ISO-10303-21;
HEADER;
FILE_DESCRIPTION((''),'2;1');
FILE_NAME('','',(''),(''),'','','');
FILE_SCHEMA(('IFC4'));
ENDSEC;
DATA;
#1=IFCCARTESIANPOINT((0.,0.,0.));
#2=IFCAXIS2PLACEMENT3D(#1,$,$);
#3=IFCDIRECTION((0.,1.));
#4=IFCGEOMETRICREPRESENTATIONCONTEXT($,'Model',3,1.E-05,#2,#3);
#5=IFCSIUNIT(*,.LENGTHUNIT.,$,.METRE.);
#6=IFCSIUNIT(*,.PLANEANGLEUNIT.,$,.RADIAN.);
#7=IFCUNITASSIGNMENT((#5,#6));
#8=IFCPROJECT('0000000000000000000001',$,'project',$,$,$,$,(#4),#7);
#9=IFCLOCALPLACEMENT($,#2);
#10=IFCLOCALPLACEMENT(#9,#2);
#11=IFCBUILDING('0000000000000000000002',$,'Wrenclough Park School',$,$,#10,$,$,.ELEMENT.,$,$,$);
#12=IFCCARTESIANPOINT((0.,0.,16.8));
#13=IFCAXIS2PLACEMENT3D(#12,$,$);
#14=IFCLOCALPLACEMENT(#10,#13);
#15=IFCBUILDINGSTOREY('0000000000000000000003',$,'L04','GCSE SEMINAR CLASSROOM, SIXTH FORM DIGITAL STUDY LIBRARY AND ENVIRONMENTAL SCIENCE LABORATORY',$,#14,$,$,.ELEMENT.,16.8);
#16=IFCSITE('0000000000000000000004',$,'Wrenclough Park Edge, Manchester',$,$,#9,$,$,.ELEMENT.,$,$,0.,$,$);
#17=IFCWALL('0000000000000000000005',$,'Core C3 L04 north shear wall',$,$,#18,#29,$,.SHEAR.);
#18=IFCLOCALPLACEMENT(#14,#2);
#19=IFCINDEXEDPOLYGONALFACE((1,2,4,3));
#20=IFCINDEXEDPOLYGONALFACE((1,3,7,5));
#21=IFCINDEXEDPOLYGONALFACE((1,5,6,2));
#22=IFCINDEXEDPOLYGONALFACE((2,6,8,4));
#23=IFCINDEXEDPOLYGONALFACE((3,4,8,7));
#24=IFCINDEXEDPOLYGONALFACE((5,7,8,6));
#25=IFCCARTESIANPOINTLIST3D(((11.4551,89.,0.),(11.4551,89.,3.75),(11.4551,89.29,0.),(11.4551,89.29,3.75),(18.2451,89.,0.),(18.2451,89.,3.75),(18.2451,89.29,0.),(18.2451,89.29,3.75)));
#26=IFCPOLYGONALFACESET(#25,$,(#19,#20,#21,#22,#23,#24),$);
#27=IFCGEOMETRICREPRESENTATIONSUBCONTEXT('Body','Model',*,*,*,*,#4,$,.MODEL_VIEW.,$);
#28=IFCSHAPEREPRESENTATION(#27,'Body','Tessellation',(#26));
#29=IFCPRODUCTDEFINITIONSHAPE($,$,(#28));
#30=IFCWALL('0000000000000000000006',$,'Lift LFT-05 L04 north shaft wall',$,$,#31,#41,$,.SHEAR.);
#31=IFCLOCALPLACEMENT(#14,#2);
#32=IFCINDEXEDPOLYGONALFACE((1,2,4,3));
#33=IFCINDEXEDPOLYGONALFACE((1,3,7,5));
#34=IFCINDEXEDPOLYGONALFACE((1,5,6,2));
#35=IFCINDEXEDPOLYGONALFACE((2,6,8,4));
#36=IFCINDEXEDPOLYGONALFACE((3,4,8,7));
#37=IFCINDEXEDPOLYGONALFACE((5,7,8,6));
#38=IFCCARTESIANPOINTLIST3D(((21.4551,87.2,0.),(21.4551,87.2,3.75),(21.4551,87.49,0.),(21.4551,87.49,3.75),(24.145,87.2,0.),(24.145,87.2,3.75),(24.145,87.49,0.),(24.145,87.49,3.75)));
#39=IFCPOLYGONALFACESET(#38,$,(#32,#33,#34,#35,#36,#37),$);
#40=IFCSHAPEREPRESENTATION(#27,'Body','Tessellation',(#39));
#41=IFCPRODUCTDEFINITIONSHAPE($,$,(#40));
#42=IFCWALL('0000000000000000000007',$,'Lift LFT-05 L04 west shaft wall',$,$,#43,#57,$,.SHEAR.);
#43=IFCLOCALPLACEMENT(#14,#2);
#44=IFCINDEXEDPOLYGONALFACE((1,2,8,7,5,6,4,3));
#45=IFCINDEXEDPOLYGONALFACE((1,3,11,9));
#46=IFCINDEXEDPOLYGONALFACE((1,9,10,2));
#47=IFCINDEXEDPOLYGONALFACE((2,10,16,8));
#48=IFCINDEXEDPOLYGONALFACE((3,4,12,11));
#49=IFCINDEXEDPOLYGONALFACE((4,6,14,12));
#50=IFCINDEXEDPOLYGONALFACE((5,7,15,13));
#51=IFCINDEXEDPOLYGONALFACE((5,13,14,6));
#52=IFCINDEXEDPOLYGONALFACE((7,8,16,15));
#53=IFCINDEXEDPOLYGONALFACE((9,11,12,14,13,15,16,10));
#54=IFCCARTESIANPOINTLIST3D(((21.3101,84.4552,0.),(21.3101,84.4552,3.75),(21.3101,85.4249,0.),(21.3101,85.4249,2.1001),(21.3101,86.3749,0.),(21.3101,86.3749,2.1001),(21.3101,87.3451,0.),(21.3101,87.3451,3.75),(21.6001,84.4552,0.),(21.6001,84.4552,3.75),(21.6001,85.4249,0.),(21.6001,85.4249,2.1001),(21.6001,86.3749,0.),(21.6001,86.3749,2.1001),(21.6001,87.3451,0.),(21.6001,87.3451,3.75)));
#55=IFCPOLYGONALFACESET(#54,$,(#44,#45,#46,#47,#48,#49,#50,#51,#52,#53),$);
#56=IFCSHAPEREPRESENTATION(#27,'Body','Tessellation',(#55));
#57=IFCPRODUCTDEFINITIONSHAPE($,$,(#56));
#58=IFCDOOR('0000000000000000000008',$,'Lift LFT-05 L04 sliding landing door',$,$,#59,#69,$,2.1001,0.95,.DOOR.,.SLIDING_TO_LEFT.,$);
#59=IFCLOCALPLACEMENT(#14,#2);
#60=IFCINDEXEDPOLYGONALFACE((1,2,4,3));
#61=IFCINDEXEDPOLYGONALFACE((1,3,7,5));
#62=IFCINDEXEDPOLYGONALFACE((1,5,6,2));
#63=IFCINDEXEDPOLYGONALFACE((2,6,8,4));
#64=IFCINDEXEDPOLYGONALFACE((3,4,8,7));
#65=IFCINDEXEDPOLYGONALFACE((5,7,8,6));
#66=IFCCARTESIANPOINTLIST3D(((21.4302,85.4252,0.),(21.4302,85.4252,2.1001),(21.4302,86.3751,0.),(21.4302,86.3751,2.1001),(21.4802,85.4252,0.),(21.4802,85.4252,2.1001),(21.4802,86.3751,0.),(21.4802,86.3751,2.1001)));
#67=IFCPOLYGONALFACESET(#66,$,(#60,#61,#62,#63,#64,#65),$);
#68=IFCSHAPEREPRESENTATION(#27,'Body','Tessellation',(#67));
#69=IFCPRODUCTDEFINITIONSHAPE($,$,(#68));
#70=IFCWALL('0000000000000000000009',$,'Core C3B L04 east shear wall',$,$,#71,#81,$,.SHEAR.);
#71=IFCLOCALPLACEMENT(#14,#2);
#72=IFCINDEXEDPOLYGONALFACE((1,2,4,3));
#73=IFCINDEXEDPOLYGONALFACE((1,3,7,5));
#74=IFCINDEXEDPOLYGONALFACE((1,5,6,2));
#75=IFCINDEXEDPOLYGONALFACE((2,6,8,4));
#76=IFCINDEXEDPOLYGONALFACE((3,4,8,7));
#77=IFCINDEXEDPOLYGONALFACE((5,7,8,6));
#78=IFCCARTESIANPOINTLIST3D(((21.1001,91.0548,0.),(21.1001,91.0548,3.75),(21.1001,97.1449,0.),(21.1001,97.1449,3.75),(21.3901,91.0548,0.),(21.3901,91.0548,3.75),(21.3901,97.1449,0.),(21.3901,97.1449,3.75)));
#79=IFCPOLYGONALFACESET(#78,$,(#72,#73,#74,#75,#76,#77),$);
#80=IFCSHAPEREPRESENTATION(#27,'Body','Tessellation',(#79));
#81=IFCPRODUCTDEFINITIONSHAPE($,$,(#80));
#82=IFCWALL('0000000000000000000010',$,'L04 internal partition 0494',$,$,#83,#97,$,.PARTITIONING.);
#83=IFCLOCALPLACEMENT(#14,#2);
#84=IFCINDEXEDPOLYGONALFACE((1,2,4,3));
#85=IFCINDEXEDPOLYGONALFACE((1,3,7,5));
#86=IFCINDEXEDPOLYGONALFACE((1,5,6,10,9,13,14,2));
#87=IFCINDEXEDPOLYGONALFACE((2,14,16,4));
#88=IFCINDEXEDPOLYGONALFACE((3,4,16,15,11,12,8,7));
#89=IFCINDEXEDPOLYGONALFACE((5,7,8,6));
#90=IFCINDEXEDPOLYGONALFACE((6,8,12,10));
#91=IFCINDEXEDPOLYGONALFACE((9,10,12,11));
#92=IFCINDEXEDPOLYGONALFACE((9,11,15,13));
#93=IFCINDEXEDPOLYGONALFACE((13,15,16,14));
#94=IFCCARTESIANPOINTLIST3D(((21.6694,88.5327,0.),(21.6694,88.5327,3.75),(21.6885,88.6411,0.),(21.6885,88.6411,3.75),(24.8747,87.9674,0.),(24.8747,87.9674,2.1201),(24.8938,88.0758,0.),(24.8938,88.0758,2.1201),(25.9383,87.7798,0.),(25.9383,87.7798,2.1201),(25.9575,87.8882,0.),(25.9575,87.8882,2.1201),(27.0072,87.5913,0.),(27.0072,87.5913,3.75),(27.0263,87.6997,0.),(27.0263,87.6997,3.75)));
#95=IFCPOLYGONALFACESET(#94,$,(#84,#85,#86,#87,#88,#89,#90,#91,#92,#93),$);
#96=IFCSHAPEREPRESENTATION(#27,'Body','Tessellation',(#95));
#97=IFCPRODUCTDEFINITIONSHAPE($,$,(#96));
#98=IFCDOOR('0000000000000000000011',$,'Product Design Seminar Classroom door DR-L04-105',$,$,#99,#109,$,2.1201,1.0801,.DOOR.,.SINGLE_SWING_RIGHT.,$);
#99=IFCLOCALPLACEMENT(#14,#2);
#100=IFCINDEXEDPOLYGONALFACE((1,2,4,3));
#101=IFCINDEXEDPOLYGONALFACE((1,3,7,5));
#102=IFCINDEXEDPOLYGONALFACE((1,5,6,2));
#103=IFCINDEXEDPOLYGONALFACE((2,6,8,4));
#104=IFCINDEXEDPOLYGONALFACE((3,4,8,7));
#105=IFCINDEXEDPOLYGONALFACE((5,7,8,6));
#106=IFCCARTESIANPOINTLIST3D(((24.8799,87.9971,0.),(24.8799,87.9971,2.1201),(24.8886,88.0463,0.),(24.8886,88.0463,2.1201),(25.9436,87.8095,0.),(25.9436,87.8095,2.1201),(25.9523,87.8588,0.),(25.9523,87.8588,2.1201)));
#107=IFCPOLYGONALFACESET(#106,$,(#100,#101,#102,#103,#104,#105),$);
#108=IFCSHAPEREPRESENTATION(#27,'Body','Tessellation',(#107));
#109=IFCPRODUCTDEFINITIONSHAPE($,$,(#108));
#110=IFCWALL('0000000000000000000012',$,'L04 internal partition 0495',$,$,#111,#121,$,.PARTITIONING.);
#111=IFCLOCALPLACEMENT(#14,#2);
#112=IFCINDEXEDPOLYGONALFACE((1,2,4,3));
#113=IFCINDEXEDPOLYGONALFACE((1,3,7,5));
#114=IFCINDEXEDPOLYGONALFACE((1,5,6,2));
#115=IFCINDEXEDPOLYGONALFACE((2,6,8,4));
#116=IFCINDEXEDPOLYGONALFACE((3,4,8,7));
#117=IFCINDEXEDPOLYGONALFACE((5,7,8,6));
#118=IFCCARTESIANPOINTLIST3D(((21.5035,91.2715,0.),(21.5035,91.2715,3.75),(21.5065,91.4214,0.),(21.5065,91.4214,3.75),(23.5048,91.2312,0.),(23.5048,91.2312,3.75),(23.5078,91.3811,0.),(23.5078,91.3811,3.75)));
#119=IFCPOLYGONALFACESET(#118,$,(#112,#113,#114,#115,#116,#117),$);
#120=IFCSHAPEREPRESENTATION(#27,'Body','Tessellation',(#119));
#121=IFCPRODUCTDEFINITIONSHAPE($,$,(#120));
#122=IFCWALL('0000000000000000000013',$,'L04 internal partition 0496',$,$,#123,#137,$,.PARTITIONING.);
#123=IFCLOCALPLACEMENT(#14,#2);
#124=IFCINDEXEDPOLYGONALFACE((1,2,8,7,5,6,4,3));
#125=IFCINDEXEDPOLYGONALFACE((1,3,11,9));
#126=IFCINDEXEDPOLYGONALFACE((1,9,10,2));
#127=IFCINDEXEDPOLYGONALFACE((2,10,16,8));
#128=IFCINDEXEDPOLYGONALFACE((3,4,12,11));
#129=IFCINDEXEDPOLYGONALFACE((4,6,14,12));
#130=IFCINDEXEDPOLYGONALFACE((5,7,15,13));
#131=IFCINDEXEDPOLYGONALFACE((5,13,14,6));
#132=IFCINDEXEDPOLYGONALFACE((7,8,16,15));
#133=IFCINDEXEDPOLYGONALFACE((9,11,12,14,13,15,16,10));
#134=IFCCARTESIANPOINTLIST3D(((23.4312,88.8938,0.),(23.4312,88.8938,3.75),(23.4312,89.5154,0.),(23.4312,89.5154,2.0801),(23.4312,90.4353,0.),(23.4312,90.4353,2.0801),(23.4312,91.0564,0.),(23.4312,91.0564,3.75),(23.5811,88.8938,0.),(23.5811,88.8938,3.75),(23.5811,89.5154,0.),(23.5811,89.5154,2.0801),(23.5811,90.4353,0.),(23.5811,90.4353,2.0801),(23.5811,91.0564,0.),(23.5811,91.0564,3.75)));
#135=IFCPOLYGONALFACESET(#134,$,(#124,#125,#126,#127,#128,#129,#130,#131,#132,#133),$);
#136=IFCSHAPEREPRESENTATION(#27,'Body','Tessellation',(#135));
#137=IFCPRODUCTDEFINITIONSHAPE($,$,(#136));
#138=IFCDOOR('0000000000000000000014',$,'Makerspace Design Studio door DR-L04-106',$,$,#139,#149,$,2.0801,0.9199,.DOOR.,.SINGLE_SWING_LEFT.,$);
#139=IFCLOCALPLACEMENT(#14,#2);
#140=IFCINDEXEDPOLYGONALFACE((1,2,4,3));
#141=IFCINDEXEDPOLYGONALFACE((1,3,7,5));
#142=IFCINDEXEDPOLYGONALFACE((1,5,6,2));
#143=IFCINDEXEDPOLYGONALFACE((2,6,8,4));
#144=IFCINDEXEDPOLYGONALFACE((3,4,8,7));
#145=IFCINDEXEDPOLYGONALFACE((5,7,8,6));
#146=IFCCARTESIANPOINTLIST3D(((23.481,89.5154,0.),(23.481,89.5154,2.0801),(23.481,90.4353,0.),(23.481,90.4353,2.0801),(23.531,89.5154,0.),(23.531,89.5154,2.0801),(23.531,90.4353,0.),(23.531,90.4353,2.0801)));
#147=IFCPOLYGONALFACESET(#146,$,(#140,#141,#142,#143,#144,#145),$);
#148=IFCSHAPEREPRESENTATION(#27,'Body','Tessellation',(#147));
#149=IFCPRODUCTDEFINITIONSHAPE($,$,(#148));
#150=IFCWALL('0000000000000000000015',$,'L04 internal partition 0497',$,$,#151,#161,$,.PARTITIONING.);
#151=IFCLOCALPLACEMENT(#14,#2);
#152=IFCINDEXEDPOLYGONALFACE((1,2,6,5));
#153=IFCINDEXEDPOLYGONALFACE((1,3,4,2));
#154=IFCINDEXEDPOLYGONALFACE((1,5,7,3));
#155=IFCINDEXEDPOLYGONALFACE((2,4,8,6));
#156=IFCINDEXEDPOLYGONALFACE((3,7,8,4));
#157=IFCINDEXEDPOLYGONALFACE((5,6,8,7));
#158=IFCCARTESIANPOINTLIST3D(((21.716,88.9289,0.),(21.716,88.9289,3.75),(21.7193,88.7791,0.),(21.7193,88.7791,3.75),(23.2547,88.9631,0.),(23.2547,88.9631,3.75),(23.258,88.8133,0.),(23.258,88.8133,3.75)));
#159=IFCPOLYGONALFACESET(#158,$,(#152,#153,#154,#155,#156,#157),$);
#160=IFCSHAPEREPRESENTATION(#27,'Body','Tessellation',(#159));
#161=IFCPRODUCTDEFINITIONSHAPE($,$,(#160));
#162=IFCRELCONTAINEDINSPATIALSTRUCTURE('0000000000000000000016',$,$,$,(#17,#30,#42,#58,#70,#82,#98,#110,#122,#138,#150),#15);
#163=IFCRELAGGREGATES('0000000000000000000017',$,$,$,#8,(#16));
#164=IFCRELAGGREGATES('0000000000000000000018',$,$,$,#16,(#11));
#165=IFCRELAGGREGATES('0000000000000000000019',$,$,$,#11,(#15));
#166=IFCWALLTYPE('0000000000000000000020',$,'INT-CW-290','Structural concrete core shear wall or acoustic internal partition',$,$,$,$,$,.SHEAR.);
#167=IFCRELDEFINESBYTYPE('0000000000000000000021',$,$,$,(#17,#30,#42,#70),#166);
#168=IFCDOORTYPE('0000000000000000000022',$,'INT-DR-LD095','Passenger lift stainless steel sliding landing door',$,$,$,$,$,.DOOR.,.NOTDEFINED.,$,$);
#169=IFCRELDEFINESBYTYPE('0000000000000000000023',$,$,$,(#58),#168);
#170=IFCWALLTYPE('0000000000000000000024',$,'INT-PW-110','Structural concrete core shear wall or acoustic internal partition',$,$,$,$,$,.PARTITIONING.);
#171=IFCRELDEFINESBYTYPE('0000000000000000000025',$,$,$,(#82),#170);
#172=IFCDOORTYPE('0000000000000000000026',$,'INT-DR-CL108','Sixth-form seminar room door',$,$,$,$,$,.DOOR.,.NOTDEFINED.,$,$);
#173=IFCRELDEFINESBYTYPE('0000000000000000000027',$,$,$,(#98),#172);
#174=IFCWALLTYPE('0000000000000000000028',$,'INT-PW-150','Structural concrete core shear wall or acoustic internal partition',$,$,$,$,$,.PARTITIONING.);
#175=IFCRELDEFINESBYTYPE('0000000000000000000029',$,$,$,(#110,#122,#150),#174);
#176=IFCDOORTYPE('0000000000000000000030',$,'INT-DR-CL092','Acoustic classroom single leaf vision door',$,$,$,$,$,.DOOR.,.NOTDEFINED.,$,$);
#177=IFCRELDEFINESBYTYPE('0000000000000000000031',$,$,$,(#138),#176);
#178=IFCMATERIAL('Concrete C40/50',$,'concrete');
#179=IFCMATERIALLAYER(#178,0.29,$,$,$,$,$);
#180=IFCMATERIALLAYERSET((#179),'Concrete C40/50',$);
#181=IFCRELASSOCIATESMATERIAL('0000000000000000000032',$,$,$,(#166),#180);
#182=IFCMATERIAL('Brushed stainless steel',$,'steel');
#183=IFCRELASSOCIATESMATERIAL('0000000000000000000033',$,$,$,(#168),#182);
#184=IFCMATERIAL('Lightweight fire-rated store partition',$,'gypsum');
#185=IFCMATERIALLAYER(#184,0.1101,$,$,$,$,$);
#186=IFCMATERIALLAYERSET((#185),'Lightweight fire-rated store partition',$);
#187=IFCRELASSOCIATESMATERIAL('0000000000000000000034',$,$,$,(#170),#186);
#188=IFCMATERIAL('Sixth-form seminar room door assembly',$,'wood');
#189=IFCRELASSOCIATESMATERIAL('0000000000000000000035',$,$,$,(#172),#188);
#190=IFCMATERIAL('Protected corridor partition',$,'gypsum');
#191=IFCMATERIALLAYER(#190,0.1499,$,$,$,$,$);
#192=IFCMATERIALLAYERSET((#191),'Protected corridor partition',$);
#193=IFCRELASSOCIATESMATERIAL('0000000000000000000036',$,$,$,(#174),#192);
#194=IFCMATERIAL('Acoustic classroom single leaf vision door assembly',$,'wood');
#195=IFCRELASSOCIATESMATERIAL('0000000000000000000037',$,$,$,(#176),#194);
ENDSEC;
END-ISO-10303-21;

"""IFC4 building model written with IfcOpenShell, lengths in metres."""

from ifc_helpers import new_model, si_unit, direction, frame, frame_2d, origin, place, context, subcontext, project, spatial, rectangle, extrude, material, layer, layer_set, type_object, element, fill, save


model = new_model("IFC4")

# Units and contexts
model_context = context("Model", 3, precision=1e-05, world=origin(), true_north=direction((0.0, 1.0)))
body_context = subcontext(model_context, "Body", "Model", "MODEL_VIEW")
ifc_project = project(units=[si_unit("LENGTHUNIT", "METRE"), si_unit("PLANEANGLEUNIT", "RADIAN")], contexts=[model_context])

# Site, building, storey
site_placement = place(None, origin())
site = spatial("IfcSite", under=ifc_project, at=site_placement, Name="Wrenclough Park Edge, Manchester", CompositionType="ELEMENT", RefElevation=0.0)
building_placement = place(site_placement, origin())
building = spatial("IfcBuilding", under=site, at=building_placement, Name="Wrenclough Park School", CompositionType="ELEMENT")
storey_placement = place(building_placement, frame((0.0, 0.0, 16.8)))
storey = spatial("IfcBuildingStorey", under=building, at=storey_placement, Name="L04", Description="GCSE SEMINAR CLASSROOM, SIXTH FORM DIGITAL STUDY LIBRARY AND ENVIRONMENTAL SCIENCE LABORATORY", CompositionType="ELEMENT", Elevation=16.8)

# Walls
ifc_material_1 = material(Name="Concrete C40/50", Category="concrete")
ifc_layer_1 = layer(ifc_material_1, 0.29)
ifc_layer_set_1 = layer_set([ifc_layer_1], Name="Concrete C40/50")
wall_type_1 = type_object("IfcWallType", Name="INT-CW-290", Description="Structural concrete core shear wall or acoustic internal partition", PredefinedType="SHEAR", material=ifc_layer_set_1)
wall_1_placement = place(storey_placement, frame((18.2451, 89.145, 0.0), z_axis=(0.0, 0.0, 1.0), x_axis=(-1.0, 0.0, 0.0)))
element("IfcWall", 1, at=wall_1_placement, inside=storey, type_object=wall_type_1, Name="Core C3 L04 north shear wall", PredefinedType="SHEAR", context=body_context, shape_type="SweptSolid", body=[
    extrude(rectangle(XDim=6.79, YDim=0.29, at=frame_2d((3.395, 0.0))), origin(), (0.0, 0.0, 1.0), 3.75),
])
wall_2_placement = place(storey_placement, frame((24.145, 87.345, 0.0), z_axis=(0.0, 0.0, 1.0), x_axis=(-1.0, 0.0, 0.0)))
element("IfcWall", 2, at=wall_2_placement, inside=storey, type_object=wall_type_1, Name="Lift LFT-05 L04 north shaft wall", PredefinedType="SHEAR", context=body_context, shape_type="SweptSolid", body=[
    extrude(rectangle(XDim=2.6899, YDim=0.29, at=frame_2d((1.345, 0.0))), origin(), (0.0, 0.0, 1.0), 3.75),
])

# Wall, opening, door
wall_3_placement = place(storey_placement, frame((21.4551, 87.345, 0.0), z_axis=(0.0, 0.0, 1.0), x_axis=(0.0, -1.0, 0.0)))
wall_3 = element("IfcWall", 3, at=wall_3_placement, inside=storey, type_object=wall_type_1, Name="Lift LFT-05 L04 west shaft wall", PredefinedType="SHEAR", context=body_context, shape_type="SweptSolid", body=[
    extrude(rectangle(XDim=2.8899, YDim=0.29, at=frame_2d((1.4448, 0.0))), origin(), (0.0, 0.0, 1.0), 3.75),
])
opening_1_placement = place(wall_3_placement, frame((0.97, 0.0, 0.0)))
opening_1 = element("IfcOpeningElement", 4, at=opening_1_placement, cuts=wall_3, PredefinedType="OPENING", context=body_context, shape_type="SweptSolid", body=[
    extrude(rectangle(XDim=0.95, YDim=2.1001, at=frame_2d((0.4751, 1.05))), frame((0.0, 0.155, 0.0), z_axis=(0.0, -1.0, 0.0), x_axis=(1.0, 0.0, 0.0)), (0.0, 0.0, 1.0), 0.3101),
])
ifc_material_2 = material(Name="Brushed stainless steel", Category="steel")
door_type_1 = type_object("IfcDoorType", Name="INT-DR-LD095", Description="Passenger lift stainless steel sliding landing door", OperationType="NOTDEFINED", PredefinedType="DOOR", material=ifc_material_2)
door_1_placement = place(opening_1_placement, frame((0.95, 0.0, 0.0), z_axis=(0.0, 0.0, 1.0), x_axis=(-1.0, 0.0, 0.0)))
door_1 = element("IfcDoor", 5, at=door_1_placement, inside=storey, type_object=door_type_1, Name="Lift LFT-05 L04 sliding landing door", OperationType="SLIDING_TO_LEFT", OverallHeight=2.1001, OverallWidth=0.95, PredefinedType="DOOR", context=body_context, shape_type="SweptSolid", body=[
    extrude(rectangle(XDim=0.95, YDim=2.1001, at=frame_2d((0.4751, 1.05))), frame((0.0, 0.0249, 0.0), z_axis=(0.0, -1.0, 0.0), x_axis=(1.0, 0.0, 0.0)), (0.0, 0.0, 1.0), 0.05),
])
fill(opening_1, door_1)

# Wall
wall_4_placement = place(storey_placement, frame((21.2451, 91.0549, 0.0), z_axis=(0.0, 0.0, 1.0), x_axis=(0.0, 1.0, 0.0)))
element("IfcWall", 6, at=wall_4_placement, inside=storey, type_object=wall_type_1, Name="Core C3B L04 east shear wall", PredefinedType="SHEAR", context=body_context, shape_type="SweptSolid", body=[
    extrude(rectangle(XDim=6.0901, YDim=0.29, at=frame_2d((3.0449, 0.0))), origin(), (0.0, 0.0, 1.0), 3.75),
])

# Wall, opening, door
ifc_material_3 = material(Name="Lightweight fire-rated store partition", Category="gypsum")
ifc_layer_2 = layer(ifc_material_3, 0.1101)
ifc_layer_set_2 = layer_set([ifc_layer_2], Name="Lightweight fire-rated store partition")
wall_type_2 = type_object("IfcWallType", Name="INT-PW-110", Description="Structural concrete core shear wall or acoustic internal partition", PredefinedType="PARTITIONING", material=ifc_layer_set_2)
wall_5_placement = place(storey_placement, frame((27.0166, 87.6455, 0.0), z_axis=(0.0, 0.0, 1.0), x_axis=(-0.984802, 0.173683, 0.0)))
wall_5 = element("IfcWall", 7, at=wall_5_placement, inside=storey, type_object=wall_type_2, Name="L04 internal partition 0494", PredefinedType="PARTITIONING", context=body_context, shape_type="SweptSolid", body=[
    extrude(rectangle(XDim=5.4202, YDim=0.1101, at=frame_2d((2.71, 0.0))), origin(), (0.0, 0.0, 1.0), 3.75),
])
opening_2_placement = place(wall_5_placement, frame((1.0852, 0.0, 0.0)))
opening_2 = element("IfcOpeningElement", 8, at=opening_2_placement, cuts=wall_5, PredefinedType="OPENING", context=body_context, shape_type="SweptSolid", body=[
    extrude(rectangle(XDim=1.0801, YDim=2.1201, at=frame_2d((0.54, 1.0601))), frame((0.0, 0.0649, 0.0), z_axis=(0.0, -1.0, 0.0), x_axis=(1.0, 0.0, 0.0)), (0.0, 0.0, 1.0), 0.1301),
])
ifc_material_4 = material(Name="Sixth-form seminar room door assembly", Category="wood")
door_type_2 = type_object("IfcDoorType", Name="INT-DR-CL108", Description="Sixth-form seminar room door", OperationType="NOTDEFINED", PredefinedType="DOOR", material=ifc_material_4)
door_2_placement = place(opening_2_placement, origin())
door_2 = element("IfcDoor", 9, at=door_2_placement, inside=storey, type_object=door_type_2, Name="Product Design Seminar Classroom door DR-L04-105", OperationType="SINGLE_SWING_RIGHT", OverallHeight=2.1201, OverallWidth=1.0801, PredefinedType="DOOR", context=body_context, shape_type="SweptSolid", body=[
    extrude(rectangle(XDim=1.0801, YDim=2.1201, at=frame_2d((0.54, 1.0601))), frame((0.0, 0.0249, 0.0), z_axis=(0.0, -1.0, 0.0), x_axis=(1.0, 0.0, 0.0)), (0.0, 0.0, 1.0), 0.05),
])
fill(opening_2, door_2)

# Wall
ifc_material_5 = material(Name="Protected corridor partition", Category="gypsum")
ifc_layer_3 = layer(ifc_material_5, 0.1499)
ifc_layer_set_3 = layer_set([ifc_layer_3], Name="Protected corridor partition")
wall_type_3 = type_object("IfcWallType", Name="INT-PW-150", Description="Structural concrete core shear wall or acoustic internal partition", PredefinedType="PARTITIONING", material=ifc_layer_set_3)
wall_6_placement = place(storey_placement, frame((21.5049, 91.3464, 0.0), z_axis=(0.0, 0.0, 1.0), x_axis=(0.999797, -0.020125, 0.0)))
element("IfcWall", 10, at=wall_6_placement, inside=storey, type_object=wall_type_3, Name="L04 internal partition 0495", PredefinedType="PARTITIONING", context=body_context, shape_type="SweptSolid", body=[
    extrude(rectangle(XDim=2.0017, YDim=0.1499, at=frame_2d((1.001, 0.0))), origin(), (0.0, 0.0, 1.0), 3.75),
])

# Wall, opening, door
wall_7_placement = place(storey_placement, frame((23.5061, 91.0564, 0.0), z_axis=(0.0, 0.0, 1.0), x_axis=(0.0, -1.0, 0.0)))
wall_7 = element("IfcWall", 11, at=wall_7_placement, inside=storey, type_object=wall_type_3, Name="L04 internal partition 0496", PredefinedType="PARTITIONING", context=body_context, shape_type="SweptSolid", body=[
    extrude(rectangle(XDim=2.1626, YDim=0.1499, at=frame_2d((1.0813, 0.0))), origin(), (0.0, 0.0, 1.0), 3.75),
])
opening_3_placement = place(wall_7_placement, frame((0.6211, 0.0, 0.0)))
opening_3 = element("IfcOpeningElement", 12, at=opening_3_placement, cuts=wall_7, PredefinedType="OPENING", context=body_context, shape_type="SweptSolid", body=[
    extrude(rectangle(XDim=0.9199, YDim=2.0801, at=frame_2d((0.46, 1.04))), frame((0.0, 0.085, 0.0), z_axis=(0.0, -1.0, 0.0), x_axis=(1.0, 0.0, 0.0)), (0.0, 0.0, 1.0), 0.1699),
])
ifc_material_6 = material(Name="Acoustic classroom single leaf vision door assembly", Category="wood")
door_type_3 = type_object("IfcDoorType", Name="INT-DR-CL092", Description="Acoustic classroom single leaf vision door", OperationType="NOTDEFINED", PredefinedType="DOOR", material=ifc_material_6)
door_3_placement = place(opening_3_placement, origin())
door_3 = element("IfcDoor", 13, at=door_3_placement, inside=storey, type_object=door_type_3, Name="Makerspace Design Studio door DR-L04-106", OperationType="SINGLE_SWING_LEFT", OverallHeight=2.0801, OverallWidth=0.9199, PredefinedType="DOOR", context=body_context, shape_type="SweptSolid", body=[
    extrude(rectangle(XDim=0.9199, YDim=2.0801, at=frame_2d((0.46, 1.04))), frame((0.0, 0.0249, 0.0), z_axis=(0.0, -1.0, 0.0), x_axis=(1.0, 0.0, 0.0)), (0.0, 0.0, 1.0), 0.05),
])
fill(opening_3, door_3)

# Wall
wall_8_placement = place(storey_placement, frame((23.2563, 88.8882, 0.0), z_axis=(0.0, 0.0, 1.0), x_axis=(-0.999753, -0.02221, 0.0)))
element("IfcWall", 14, at=wall_8_placement, inside=storey, type_object=wall_type_3, Name="L04 internal partition 0497", PredefinedType="PARTITIONING", context=body_context, shape_type="SweptSolid", body=[
    extrude(rectangle(XDim=1.5391, YDim=0.1499, at=frame_2d((0.7695, 0.0))), origin(), (0.0, 0.0, 1.0), 3.75),
])

save(model, "model.ifc")
